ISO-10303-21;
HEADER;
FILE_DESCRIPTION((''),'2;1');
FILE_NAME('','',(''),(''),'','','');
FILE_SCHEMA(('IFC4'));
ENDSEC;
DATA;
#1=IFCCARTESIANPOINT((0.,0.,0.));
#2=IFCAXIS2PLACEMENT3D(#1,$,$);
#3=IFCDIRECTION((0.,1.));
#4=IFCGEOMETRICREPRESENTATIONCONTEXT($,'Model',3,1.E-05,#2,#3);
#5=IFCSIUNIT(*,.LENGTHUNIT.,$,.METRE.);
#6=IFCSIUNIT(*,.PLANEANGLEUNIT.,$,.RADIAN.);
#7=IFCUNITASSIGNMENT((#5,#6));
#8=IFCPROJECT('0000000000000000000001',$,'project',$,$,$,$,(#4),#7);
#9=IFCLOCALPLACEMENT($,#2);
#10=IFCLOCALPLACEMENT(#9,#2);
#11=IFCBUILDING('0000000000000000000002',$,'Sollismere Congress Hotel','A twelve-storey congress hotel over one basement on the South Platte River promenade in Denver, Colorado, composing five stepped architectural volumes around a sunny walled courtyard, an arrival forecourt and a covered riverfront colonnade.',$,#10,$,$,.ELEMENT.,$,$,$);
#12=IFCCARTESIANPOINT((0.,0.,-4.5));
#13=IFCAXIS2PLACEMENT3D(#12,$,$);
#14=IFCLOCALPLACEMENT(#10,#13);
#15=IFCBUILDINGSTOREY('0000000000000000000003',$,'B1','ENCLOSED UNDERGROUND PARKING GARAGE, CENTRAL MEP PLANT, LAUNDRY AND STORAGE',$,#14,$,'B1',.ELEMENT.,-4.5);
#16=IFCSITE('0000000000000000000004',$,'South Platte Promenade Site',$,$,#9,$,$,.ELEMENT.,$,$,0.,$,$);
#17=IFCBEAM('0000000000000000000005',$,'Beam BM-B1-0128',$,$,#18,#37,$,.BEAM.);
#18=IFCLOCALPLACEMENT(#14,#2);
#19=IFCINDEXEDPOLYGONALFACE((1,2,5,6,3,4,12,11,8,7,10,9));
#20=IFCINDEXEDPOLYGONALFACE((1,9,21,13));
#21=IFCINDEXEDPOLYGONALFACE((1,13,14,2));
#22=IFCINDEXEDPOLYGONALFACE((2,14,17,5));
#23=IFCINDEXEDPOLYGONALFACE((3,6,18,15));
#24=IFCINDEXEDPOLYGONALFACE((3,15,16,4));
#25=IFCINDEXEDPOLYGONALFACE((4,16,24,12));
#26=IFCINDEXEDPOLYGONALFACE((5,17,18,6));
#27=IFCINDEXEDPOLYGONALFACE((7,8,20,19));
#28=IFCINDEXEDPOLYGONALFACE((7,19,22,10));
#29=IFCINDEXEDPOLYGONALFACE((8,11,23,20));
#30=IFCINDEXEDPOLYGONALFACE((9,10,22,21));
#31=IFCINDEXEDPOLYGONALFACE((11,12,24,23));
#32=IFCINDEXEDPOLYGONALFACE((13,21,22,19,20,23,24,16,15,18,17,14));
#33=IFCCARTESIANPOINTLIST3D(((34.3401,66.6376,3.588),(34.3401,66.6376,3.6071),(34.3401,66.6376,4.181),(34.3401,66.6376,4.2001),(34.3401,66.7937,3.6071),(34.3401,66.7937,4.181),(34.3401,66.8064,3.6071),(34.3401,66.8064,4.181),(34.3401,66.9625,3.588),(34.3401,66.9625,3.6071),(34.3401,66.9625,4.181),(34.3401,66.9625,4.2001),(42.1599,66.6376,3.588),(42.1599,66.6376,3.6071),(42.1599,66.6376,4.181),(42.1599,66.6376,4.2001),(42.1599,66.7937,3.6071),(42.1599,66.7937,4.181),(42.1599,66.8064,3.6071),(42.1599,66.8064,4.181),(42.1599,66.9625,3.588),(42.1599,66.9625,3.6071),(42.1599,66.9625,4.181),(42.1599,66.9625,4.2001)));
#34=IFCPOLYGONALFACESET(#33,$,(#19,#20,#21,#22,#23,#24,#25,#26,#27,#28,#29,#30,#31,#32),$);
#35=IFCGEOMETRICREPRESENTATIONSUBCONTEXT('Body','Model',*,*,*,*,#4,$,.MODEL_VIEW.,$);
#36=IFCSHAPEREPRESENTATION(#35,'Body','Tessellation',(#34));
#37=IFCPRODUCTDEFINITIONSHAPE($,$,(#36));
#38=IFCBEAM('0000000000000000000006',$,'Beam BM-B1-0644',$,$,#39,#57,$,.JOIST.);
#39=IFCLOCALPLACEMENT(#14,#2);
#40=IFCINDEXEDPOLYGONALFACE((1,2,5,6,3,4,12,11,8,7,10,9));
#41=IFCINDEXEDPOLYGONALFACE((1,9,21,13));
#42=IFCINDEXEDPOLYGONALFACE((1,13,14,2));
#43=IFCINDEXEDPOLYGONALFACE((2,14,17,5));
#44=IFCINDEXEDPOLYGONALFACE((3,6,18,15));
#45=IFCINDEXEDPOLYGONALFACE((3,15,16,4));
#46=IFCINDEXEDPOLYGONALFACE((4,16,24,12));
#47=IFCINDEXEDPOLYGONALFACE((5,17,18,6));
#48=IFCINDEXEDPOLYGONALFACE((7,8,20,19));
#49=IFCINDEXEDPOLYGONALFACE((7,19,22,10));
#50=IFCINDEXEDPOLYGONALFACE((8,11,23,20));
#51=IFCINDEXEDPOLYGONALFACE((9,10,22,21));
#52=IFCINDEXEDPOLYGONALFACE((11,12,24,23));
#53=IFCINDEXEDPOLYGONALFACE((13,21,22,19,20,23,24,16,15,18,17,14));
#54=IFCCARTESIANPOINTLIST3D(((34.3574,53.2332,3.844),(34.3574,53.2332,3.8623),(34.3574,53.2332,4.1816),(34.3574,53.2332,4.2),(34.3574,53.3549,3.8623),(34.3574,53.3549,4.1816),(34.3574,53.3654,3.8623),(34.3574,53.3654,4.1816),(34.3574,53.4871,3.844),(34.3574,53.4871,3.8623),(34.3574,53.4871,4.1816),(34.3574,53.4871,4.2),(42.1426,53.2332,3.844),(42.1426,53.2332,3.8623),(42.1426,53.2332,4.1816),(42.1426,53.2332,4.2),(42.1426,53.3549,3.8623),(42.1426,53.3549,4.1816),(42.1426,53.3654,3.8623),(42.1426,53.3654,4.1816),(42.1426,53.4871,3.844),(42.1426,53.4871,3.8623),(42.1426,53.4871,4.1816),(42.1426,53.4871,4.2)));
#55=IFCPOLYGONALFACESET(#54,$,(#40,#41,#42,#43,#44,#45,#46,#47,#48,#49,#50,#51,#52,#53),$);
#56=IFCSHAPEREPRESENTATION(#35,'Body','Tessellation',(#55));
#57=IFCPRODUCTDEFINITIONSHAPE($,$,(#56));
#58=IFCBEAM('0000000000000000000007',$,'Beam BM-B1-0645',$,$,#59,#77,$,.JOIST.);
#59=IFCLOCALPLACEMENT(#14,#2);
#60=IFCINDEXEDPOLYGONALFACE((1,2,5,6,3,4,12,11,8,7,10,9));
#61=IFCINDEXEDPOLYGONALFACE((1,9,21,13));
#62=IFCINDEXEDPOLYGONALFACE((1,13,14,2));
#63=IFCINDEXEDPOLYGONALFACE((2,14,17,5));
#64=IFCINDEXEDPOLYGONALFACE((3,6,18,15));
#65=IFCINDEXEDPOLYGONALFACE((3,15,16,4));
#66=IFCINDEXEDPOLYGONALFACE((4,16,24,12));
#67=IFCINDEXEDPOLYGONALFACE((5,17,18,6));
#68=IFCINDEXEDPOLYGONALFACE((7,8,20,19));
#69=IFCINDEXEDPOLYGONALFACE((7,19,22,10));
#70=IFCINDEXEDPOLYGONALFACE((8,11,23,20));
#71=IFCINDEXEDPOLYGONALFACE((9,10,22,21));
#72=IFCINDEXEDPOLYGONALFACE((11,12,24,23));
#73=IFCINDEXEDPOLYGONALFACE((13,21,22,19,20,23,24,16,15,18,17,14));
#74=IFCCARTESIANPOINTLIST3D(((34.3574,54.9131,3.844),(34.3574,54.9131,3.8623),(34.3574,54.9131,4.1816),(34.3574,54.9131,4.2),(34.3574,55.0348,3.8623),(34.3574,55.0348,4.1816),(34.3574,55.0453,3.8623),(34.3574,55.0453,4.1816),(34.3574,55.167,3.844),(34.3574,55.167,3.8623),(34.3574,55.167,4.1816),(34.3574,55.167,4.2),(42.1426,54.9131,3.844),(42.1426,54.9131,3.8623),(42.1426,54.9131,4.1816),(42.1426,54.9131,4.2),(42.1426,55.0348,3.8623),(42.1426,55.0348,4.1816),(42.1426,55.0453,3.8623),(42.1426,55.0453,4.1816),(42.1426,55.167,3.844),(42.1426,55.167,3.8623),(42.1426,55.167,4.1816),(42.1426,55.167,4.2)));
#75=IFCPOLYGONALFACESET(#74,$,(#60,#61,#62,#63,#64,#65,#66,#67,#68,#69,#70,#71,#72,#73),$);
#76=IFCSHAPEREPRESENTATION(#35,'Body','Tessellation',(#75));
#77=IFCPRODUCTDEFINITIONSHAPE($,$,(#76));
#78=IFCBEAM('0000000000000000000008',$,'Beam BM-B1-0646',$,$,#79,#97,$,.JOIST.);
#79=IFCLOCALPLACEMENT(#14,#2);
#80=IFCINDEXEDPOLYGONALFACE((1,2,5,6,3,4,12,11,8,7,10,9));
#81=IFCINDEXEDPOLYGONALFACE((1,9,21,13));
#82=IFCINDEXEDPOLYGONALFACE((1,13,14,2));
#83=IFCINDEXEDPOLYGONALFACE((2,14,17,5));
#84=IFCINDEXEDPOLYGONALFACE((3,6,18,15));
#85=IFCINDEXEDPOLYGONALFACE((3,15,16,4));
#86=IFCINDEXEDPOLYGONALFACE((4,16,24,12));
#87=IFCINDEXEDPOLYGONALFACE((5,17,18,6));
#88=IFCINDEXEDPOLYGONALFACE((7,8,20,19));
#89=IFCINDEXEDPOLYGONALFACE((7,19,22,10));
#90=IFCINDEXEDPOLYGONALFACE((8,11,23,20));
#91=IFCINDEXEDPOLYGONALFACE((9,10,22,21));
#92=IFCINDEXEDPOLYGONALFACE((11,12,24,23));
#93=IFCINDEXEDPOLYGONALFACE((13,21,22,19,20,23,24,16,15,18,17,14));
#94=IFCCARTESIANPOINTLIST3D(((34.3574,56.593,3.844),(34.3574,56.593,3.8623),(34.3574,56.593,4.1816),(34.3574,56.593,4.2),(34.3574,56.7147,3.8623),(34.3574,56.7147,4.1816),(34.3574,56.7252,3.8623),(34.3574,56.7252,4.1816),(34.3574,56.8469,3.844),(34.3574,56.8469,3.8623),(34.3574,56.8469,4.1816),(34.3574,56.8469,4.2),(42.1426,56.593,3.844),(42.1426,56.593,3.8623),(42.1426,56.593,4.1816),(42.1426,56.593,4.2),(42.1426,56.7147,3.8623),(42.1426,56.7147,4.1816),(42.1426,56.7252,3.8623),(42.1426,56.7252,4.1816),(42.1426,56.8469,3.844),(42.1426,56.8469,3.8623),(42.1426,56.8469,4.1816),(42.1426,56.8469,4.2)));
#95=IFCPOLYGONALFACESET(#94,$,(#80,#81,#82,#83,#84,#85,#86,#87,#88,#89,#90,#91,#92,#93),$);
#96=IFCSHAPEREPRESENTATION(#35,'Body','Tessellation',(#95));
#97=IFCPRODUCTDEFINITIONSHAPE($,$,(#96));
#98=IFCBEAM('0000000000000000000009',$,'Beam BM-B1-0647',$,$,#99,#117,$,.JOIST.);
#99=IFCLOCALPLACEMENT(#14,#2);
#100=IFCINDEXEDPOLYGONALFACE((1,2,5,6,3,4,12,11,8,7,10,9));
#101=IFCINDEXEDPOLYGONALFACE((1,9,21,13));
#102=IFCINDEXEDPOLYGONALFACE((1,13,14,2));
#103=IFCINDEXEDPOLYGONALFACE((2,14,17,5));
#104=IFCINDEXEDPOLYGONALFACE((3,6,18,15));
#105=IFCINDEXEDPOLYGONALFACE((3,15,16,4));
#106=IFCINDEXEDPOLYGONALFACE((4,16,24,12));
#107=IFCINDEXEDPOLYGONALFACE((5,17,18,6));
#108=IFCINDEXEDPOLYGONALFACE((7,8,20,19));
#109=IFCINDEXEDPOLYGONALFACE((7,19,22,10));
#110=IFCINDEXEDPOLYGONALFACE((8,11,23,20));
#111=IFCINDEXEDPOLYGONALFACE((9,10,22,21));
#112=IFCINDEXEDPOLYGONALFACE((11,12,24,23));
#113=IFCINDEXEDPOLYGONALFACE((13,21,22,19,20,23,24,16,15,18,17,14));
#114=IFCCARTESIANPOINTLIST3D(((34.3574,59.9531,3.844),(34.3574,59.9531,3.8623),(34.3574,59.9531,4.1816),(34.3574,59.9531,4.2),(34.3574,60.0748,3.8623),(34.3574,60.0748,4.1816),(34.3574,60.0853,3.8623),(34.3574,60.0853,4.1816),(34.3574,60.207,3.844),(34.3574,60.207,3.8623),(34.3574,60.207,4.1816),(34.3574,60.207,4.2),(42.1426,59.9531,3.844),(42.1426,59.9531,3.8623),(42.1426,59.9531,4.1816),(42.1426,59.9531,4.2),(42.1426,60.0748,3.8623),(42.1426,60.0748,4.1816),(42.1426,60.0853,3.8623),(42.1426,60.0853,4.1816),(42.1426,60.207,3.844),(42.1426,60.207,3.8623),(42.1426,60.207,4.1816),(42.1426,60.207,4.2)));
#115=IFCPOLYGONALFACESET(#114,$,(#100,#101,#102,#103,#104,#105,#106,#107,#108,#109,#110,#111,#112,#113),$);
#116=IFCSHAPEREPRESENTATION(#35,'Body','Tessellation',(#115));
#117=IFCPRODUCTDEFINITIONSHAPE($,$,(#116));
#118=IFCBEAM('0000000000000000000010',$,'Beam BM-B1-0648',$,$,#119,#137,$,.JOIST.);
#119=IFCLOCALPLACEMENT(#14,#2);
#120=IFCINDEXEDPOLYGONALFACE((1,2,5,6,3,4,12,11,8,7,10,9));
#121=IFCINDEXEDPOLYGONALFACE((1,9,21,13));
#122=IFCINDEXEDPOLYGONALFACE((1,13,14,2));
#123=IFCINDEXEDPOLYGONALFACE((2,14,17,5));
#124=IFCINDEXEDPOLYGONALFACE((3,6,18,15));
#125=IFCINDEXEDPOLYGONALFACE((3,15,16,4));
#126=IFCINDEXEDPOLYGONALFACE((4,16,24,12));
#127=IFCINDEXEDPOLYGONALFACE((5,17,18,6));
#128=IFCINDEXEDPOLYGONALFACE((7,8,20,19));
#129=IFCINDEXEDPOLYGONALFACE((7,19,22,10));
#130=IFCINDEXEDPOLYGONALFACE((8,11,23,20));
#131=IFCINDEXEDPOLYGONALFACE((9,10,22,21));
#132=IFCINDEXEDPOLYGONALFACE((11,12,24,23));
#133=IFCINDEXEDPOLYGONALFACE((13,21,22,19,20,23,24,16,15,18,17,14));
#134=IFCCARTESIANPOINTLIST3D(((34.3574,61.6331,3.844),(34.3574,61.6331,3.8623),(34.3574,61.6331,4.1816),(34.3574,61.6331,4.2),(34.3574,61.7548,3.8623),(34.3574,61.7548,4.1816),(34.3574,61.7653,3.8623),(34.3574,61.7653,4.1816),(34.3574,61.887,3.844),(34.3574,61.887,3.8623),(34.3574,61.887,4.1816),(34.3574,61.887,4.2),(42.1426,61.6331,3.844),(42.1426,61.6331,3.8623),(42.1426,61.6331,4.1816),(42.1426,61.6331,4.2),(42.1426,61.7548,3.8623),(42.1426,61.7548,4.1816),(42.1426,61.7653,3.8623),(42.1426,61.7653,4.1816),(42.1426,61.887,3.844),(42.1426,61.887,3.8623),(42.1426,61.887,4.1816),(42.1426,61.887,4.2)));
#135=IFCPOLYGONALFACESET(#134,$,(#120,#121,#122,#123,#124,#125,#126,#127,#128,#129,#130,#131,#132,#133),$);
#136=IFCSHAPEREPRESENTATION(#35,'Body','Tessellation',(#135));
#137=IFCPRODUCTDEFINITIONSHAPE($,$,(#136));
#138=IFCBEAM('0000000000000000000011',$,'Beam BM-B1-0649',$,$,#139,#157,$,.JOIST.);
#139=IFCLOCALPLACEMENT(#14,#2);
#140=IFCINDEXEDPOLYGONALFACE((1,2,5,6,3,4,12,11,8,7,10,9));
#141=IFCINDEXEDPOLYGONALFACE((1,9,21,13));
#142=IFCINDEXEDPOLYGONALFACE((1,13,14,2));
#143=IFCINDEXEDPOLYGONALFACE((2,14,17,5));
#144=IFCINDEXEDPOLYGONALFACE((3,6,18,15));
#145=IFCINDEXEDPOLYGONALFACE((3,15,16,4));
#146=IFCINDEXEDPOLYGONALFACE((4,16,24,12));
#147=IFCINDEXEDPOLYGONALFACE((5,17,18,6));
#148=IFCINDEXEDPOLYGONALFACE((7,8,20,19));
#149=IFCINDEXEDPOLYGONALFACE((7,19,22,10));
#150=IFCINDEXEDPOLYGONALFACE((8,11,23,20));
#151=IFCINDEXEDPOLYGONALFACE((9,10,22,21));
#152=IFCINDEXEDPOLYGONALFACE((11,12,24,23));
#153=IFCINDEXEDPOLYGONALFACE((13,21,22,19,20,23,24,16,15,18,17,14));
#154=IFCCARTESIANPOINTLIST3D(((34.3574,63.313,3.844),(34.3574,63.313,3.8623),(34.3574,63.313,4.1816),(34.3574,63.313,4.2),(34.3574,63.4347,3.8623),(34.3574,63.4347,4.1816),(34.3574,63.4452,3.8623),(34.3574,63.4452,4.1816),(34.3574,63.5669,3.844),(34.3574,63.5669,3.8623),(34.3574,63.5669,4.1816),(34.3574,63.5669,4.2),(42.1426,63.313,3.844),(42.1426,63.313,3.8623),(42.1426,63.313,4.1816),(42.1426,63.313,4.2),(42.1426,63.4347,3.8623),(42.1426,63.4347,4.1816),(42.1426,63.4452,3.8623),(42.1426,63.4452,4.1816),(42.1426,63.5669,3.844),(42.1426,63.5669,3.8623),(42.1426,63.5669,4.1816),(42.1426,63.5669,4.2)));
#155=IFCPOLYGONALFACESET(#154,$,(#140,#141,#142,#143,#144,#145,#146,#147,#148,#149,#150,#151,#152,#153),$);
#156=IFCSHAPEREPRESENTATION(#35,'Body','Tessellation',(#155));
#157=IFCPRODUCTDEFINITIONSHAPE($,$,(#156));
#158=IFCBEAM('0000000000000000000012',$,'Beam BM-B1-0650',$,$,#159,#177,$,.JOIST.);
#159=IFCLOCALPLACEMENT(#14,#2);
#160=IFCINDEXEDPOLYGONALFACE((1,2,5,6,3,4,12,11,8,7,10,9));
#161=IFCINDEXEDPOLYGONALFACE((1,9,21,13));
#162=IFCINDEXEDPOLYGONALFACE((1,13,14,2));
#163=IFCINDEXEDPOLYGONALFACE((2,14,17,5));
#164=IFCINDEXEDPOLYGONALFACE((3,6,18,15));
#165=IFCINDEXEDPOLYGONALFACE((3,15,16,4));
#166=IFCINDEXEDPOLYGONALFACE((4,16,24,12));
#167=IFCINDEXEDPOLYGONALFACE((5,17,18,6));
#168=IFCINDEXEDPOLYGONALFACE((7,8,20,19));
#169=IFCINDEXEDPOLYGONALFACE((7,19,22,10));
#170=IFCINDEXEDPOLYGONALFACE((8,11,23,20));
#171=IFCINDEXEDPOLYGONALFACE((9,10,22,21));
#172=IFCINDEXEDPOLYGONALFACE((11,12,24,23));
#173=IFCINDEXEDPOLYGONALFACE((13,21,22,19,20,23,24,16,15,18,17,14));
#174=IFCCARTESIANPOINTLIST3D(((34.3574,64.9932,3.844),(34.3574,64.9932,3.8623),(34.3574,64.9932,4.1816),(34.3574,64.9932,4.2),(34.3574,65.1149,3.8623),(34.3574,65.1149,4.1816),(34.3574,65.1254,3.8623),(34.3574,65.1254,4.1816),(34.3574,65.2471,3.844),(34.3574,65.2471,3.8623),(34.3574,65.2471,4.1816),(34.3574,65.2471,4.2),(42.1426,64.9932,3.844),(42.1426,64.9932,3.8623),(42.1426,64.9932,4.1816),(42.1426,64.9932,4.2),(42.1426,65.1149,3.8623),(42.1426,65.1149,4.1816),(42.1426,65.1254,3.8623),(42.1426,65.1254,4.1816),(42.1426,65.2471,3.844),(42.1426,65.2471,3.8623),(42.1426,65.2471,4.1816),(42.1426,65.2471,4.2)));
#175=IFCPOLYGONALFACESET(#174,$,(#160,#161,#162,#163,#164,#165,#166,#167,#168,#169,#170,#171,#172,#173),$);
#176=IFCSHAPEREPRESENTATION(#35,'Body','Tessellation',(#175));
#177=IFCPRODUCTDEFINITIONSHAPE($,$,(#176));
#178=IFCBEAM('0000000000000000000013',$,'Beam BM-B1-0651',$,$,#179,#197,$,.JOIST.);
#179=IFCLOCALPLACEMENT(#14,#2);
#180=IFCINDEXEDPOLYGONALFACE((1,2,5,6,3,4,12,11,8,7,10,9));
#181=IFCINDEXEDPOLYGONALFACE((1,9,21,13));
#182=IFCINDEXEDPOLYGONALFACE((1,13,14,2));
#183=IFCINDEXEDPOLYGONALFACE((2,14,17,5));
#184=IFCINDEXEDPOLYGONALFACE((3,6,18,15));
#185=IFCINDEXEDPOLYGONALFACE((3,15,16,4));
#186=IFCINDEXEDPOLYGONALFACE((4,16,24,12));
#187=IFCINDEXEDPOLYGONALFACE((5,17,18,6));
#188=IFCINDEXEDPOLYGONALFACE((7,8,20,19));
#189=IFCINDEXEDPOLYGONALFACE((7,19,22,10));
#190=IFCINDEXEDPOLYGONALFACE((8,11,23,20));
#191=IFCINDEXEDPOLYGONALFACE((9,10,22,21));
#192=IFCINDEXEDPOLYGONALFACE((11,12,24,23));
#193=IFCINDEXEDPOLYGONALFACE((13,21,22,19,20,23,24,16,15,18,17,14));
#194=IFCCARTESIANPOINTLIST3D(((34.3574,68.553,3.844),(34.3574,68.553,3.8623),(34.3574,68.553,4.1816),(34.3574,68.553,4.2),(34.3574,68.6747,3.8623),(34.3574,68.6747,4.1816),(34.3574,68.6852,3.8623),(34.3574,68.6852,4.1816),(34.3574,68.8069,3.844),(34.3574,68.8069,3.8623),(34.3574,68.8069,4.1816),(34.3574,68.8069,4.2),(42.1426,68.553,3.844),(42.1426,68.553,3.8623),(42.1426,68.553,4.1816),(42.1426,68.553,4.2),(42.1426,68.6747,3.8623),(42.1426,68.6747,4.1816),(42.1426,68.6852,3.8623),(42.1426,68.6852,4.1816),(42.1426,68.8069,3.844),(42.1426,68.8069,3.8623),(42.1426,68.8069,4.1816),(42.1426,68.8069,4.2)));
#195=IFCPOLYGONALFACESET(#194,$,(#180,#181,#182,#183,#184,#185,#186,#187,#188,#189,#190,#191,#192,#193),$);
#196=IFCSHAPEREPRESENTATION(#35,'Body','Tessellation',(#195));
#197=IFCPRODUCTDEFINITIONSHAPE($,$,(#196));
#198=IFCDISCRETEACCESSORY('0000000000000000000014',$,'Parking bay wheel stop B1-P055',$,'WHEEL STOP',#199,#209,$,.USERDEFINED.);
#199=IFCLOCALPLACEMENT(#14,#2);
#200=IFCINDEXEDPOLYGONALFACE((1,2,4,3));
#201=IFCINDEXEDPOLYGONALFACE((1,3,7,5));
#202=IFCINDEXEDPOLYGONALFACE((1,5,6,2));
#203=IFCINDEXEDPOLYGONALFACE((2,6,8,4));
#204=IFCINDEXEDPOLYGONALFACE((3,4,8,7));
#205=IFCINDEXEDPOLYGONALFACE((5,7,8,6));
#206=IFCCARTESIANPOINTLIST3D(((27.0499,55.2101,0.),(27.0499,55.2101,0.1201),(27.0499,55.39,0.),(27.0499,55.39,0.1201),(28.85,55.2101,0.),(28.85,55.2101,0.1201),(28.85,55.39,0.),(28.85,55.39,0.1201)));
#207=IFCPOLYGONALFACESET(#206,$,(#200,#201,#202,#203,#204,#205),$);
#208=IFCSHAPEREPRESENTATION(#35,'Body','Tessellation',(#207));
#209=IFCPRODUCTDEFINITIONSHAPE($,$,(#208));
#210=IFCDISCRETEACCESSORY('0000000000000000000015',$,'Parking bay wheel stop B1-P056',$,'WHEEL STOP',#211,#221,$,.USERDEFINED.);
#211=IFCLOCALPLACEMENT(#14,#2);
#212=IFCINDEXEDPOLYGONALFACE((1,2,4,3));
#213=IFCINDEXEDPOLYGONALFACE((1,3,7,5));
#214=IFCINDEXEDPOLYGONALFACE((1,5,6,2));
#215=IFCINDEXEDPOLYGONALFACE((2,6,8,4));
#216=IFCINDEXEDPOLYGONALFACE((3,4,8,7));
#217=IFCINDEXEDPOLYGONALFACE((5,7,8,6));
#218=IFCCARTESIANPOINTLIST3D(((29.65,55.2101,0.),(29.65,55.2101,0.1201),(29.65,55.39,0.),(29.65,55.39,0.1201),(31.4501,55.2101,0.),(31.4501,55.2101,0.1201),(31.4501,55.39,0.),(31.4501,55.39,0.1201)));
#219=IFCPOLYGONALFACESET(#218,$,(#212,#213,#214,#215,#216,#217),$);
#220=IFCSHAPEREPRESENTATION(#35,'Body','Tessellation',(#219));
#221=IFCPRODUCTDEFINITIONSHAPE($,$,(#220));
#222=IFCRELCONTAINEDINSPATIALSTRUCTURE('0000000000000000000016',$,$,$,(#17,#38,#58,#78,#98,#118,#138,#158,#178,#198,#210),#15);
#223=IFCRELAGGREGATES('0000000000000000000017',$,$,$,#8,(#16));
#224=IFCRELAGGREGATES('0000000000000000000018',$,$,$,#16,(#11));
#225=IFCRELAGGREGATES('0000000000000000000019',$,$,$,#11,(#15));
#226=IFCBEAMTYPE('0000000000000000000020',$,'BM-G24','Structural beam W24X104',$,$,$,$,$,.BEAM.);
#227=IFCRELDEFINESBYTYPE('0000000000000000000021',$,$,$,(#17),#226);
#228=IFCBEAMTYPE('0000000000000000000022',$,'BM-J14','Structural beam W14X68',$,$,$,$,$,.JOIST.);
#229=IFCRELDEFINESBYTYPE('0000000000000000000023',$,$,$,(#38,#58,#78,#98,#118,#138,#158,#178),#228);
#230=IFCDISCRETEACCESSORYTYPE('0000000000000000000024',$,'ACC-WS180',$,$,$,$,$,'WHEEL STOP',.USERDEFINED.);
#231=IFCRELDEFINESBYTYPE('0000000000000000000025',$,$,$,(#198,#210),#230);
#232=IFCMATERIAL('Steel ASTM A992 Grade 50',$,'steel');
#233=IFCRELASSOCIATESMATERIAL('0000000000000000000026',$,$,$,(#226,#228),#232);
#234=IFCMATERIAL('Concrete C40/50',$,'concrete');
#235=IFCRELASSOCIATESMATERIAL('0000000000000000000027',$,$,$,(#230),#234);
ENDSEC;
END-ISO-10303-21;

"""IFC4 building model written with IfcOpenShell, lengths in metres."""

from ifc_helpers import new_model, si_unit, direction, frame, origin, origin_2d, place, context, subcontext, project, spatial, rectangle, i_section, extrude, material, material_profile, profile_set, type_object, element, save


model = new_model("IFC4")

# Units and contexts
model_context = context("Model", 3, precision=1e-05, world=origin(), true_north=direction((0.0, 1.0)))
body_context = subcontext(model_context, "Body", "Model", "MODEL_VIEW")
ifc_project = project(units=[si_unit("LENGTHUNIT", "METRE"), si_unit("PLANEANGLEUNIT", "RADIAN")], contexts=[model_context])

# Site, building, storey
site_placement = place(None, origin())
site = spatial("IfcSite", under=ifc_project, at=site_placement, Name="South Platte Promenade Site", CompositionType="ELEMENT", RefElevation=0.0)
building_placement = place(site_placement, origin())
building = spatial("IfcBuilding", under=site, at=building_placement, Name="Sollismere Congress Hotel", Description="A twelve-storey congress hotel over one basement on the South Platte River promenade in Denver, Colorado, composing five stepped architectural volumes around a sunny walled courtyard, an arrival forecourt and a covered riverfront colonnade.", CompositionType="ELEMENT")
storey_placement = place(building_placement, frame((0.0, 0.0, -4.5)))
storey = spatial("IfcBuildingStorey", under=building, at=storey_placement, Name="B1", Description="ENCLOSED UNDERGROUND PARKING GARAGE, CENTRAL MEP PLANT, LAUNDRY AND STORAGE", LongName="B1", CompositionType="ELEMENT", Elevation=-4.5)

# Shared definitions
ifc_material_1 = material(Name="Concrete C40/50", Category="concrete")

# Beams
ifc_material_2 = material(Name="Steel ASTM A992 Grade 50", Category="steel")
ifc_material_profile_1 = material_profile(ifc_material_2, i_section(OverallWidth=0.325, OverallDepth=0.6121, WebThickness=0.0127, FlangeThickness=0.019, at=origin_2d()), Name="W24X104")
ifc_profile_set_1 = profile_set([ifc_material_profile_1], Name="Steel ASTM A992 Grade 50")
beam_type_1 = type_object("IfcBeamType", Name="BM-G24", Description="Structural beam W24X104", PredefinedType="BEAM", material=ifc_profile_set_1)
for number, where, z_axis, x_axis, name in (
    (1, (34.3401, 66.8, 3.894), (1.0, 0.0, 0.0), (0.0, 1.0, 0.0), "Beam BM-B1-0128"),
):
    element("IfcBeam", number, at=place(storey_placement, frame(where, z_axis=z_axis, x_axis=x_axis)), inside=storey, type_object=beam_type_1, Name=name, PredefinedType="BEAM", context=body_context, shape_type="SweptSolid", body=[
        extrude(i_section(OverallWidth=0.325, OverallDepth=0.6121, WebThickness=0.0127, FlangeThickness=0.019, at=origin_2d()), origin(), (0.0, 0.0, 1.0), 7.8198),
    ])
ifc_material_profile_2 = material_profile(ifc_material_2, i_section(OverallWidth=0.2539, OverallDepth=0.356, WebThickness=0.0105, FlangeThickness=0.0183, at=origin_2d()), Name="W14X68")
ifc_profile_set_2 = profile_set([ifc_material_profile_2], Name="Steel ASTM A992 Grade 50")
beam_type_2 = type_object("IfcBeamType", Name="BM-J14", Description="Structural beam W14X68", PredefinedType="JOIST", material=ifc_profile_set_2)
for number, where, z_axis, x_axis, name in (
    (2, (34.3574, 53.3601, 4.022), (1.0, 0.0, 0.0), (0.0, 1.0, 0.0), "Beam BM-B1-0644"),
    (3, (34.3574, 55.04, 4.022), (1.0, 0.0, 0.0), (0.0, 1.0, 0.0), "Beam BM-B1-0645"),
    (4, (34.3574, 56.72, 4.022), (1.0, 0.0, 0.0), (0.0, 1.0, 0.0), "Beam BM-B1-0646"),
    (5, (34.3574, 60.0801, 4.022), (1.0, 0.0, 0.0), (0.0, 1.0, 0.0), "Beam BM-B1-0647"),
    (6, (34.3574, 61.76, 4.022), (1.0, 0.0, 0.0), (0.0, 1.0, 0.0), "Beam BM-B1-0648"),
    (7, (34.3574, 63.4399, 4.022), (1.0, 0.0, 0.0), (0.0, 1.0, 0.0), "Beam BM-B1-0649"),
    (8, (34.3574, 65.1201, 4.022), (1.0, 0.0, 0.0), (0.0, 1.0, 0.0), "Beam BM-B1-0650"),
    (9, (34.3574, 68.6799, 4.022), (1.0, 0.0, 0.0), (0.0, 1.0, 0.0), "Beam BM-B1-0651"),
):
    element("IfcBeam", number, at=place(storey_placement, frame(where, z_axis=z_axis, x_axis=x_axis)), inside=storey, type_object=beam_type_2, Name=name, PredefinedType="JOIST", context=body_context, shape_type="SweptSolid", body=[
        extrude(i_section(OverallWidth=0.2539, OverallDepth=0.356, WebThickness=0.0105, FlangeThickness=0.0183, at=origin_2d()), origin(), (0.0, 0.0, 1.0), 7.7852),
    ])

# Discrete accessories
discrete_accessory_type = type_object("IfcDiscreteAccessoryType", Name="ACC-WS180", ElementType="WHEEL STOP", PredefinedType="USERDEFINED", material=ifc_material_1)
for number, where, z_axis, x_axis, name in (
    (10, (27.95, 55.3, 0.0), (0.0, 0.0, 1.0), (1.0, 0.0, 0.0), "Parking bay wheel stop B1-P055"),
    (11, (30.55, 55.3, 0.0), (0.0, 0.0, 1.0), (1.0, 0.0, 0.0), "Parking bay wheel stop B1-P056"),
):
    element("IfcDiscreteAccessory", number, at=place(storey_placement, frame(where, z_axis=z_axis, x_axis=x_axis)), inside=storey, type_object=discrete_accessory_type, Name=name, ObjectType="WHEEL STOP", PredefinedType="USERDEFINED", context=body_context, shape_type="SweptSolid", body=[
        extrude(rectangle(XDim=1.8, YDim=0.1799, at=origin_2d()), origin(), (0.0, 0.0, 1.0), 0.1201),
    ])

save(model, "model.ifc")
